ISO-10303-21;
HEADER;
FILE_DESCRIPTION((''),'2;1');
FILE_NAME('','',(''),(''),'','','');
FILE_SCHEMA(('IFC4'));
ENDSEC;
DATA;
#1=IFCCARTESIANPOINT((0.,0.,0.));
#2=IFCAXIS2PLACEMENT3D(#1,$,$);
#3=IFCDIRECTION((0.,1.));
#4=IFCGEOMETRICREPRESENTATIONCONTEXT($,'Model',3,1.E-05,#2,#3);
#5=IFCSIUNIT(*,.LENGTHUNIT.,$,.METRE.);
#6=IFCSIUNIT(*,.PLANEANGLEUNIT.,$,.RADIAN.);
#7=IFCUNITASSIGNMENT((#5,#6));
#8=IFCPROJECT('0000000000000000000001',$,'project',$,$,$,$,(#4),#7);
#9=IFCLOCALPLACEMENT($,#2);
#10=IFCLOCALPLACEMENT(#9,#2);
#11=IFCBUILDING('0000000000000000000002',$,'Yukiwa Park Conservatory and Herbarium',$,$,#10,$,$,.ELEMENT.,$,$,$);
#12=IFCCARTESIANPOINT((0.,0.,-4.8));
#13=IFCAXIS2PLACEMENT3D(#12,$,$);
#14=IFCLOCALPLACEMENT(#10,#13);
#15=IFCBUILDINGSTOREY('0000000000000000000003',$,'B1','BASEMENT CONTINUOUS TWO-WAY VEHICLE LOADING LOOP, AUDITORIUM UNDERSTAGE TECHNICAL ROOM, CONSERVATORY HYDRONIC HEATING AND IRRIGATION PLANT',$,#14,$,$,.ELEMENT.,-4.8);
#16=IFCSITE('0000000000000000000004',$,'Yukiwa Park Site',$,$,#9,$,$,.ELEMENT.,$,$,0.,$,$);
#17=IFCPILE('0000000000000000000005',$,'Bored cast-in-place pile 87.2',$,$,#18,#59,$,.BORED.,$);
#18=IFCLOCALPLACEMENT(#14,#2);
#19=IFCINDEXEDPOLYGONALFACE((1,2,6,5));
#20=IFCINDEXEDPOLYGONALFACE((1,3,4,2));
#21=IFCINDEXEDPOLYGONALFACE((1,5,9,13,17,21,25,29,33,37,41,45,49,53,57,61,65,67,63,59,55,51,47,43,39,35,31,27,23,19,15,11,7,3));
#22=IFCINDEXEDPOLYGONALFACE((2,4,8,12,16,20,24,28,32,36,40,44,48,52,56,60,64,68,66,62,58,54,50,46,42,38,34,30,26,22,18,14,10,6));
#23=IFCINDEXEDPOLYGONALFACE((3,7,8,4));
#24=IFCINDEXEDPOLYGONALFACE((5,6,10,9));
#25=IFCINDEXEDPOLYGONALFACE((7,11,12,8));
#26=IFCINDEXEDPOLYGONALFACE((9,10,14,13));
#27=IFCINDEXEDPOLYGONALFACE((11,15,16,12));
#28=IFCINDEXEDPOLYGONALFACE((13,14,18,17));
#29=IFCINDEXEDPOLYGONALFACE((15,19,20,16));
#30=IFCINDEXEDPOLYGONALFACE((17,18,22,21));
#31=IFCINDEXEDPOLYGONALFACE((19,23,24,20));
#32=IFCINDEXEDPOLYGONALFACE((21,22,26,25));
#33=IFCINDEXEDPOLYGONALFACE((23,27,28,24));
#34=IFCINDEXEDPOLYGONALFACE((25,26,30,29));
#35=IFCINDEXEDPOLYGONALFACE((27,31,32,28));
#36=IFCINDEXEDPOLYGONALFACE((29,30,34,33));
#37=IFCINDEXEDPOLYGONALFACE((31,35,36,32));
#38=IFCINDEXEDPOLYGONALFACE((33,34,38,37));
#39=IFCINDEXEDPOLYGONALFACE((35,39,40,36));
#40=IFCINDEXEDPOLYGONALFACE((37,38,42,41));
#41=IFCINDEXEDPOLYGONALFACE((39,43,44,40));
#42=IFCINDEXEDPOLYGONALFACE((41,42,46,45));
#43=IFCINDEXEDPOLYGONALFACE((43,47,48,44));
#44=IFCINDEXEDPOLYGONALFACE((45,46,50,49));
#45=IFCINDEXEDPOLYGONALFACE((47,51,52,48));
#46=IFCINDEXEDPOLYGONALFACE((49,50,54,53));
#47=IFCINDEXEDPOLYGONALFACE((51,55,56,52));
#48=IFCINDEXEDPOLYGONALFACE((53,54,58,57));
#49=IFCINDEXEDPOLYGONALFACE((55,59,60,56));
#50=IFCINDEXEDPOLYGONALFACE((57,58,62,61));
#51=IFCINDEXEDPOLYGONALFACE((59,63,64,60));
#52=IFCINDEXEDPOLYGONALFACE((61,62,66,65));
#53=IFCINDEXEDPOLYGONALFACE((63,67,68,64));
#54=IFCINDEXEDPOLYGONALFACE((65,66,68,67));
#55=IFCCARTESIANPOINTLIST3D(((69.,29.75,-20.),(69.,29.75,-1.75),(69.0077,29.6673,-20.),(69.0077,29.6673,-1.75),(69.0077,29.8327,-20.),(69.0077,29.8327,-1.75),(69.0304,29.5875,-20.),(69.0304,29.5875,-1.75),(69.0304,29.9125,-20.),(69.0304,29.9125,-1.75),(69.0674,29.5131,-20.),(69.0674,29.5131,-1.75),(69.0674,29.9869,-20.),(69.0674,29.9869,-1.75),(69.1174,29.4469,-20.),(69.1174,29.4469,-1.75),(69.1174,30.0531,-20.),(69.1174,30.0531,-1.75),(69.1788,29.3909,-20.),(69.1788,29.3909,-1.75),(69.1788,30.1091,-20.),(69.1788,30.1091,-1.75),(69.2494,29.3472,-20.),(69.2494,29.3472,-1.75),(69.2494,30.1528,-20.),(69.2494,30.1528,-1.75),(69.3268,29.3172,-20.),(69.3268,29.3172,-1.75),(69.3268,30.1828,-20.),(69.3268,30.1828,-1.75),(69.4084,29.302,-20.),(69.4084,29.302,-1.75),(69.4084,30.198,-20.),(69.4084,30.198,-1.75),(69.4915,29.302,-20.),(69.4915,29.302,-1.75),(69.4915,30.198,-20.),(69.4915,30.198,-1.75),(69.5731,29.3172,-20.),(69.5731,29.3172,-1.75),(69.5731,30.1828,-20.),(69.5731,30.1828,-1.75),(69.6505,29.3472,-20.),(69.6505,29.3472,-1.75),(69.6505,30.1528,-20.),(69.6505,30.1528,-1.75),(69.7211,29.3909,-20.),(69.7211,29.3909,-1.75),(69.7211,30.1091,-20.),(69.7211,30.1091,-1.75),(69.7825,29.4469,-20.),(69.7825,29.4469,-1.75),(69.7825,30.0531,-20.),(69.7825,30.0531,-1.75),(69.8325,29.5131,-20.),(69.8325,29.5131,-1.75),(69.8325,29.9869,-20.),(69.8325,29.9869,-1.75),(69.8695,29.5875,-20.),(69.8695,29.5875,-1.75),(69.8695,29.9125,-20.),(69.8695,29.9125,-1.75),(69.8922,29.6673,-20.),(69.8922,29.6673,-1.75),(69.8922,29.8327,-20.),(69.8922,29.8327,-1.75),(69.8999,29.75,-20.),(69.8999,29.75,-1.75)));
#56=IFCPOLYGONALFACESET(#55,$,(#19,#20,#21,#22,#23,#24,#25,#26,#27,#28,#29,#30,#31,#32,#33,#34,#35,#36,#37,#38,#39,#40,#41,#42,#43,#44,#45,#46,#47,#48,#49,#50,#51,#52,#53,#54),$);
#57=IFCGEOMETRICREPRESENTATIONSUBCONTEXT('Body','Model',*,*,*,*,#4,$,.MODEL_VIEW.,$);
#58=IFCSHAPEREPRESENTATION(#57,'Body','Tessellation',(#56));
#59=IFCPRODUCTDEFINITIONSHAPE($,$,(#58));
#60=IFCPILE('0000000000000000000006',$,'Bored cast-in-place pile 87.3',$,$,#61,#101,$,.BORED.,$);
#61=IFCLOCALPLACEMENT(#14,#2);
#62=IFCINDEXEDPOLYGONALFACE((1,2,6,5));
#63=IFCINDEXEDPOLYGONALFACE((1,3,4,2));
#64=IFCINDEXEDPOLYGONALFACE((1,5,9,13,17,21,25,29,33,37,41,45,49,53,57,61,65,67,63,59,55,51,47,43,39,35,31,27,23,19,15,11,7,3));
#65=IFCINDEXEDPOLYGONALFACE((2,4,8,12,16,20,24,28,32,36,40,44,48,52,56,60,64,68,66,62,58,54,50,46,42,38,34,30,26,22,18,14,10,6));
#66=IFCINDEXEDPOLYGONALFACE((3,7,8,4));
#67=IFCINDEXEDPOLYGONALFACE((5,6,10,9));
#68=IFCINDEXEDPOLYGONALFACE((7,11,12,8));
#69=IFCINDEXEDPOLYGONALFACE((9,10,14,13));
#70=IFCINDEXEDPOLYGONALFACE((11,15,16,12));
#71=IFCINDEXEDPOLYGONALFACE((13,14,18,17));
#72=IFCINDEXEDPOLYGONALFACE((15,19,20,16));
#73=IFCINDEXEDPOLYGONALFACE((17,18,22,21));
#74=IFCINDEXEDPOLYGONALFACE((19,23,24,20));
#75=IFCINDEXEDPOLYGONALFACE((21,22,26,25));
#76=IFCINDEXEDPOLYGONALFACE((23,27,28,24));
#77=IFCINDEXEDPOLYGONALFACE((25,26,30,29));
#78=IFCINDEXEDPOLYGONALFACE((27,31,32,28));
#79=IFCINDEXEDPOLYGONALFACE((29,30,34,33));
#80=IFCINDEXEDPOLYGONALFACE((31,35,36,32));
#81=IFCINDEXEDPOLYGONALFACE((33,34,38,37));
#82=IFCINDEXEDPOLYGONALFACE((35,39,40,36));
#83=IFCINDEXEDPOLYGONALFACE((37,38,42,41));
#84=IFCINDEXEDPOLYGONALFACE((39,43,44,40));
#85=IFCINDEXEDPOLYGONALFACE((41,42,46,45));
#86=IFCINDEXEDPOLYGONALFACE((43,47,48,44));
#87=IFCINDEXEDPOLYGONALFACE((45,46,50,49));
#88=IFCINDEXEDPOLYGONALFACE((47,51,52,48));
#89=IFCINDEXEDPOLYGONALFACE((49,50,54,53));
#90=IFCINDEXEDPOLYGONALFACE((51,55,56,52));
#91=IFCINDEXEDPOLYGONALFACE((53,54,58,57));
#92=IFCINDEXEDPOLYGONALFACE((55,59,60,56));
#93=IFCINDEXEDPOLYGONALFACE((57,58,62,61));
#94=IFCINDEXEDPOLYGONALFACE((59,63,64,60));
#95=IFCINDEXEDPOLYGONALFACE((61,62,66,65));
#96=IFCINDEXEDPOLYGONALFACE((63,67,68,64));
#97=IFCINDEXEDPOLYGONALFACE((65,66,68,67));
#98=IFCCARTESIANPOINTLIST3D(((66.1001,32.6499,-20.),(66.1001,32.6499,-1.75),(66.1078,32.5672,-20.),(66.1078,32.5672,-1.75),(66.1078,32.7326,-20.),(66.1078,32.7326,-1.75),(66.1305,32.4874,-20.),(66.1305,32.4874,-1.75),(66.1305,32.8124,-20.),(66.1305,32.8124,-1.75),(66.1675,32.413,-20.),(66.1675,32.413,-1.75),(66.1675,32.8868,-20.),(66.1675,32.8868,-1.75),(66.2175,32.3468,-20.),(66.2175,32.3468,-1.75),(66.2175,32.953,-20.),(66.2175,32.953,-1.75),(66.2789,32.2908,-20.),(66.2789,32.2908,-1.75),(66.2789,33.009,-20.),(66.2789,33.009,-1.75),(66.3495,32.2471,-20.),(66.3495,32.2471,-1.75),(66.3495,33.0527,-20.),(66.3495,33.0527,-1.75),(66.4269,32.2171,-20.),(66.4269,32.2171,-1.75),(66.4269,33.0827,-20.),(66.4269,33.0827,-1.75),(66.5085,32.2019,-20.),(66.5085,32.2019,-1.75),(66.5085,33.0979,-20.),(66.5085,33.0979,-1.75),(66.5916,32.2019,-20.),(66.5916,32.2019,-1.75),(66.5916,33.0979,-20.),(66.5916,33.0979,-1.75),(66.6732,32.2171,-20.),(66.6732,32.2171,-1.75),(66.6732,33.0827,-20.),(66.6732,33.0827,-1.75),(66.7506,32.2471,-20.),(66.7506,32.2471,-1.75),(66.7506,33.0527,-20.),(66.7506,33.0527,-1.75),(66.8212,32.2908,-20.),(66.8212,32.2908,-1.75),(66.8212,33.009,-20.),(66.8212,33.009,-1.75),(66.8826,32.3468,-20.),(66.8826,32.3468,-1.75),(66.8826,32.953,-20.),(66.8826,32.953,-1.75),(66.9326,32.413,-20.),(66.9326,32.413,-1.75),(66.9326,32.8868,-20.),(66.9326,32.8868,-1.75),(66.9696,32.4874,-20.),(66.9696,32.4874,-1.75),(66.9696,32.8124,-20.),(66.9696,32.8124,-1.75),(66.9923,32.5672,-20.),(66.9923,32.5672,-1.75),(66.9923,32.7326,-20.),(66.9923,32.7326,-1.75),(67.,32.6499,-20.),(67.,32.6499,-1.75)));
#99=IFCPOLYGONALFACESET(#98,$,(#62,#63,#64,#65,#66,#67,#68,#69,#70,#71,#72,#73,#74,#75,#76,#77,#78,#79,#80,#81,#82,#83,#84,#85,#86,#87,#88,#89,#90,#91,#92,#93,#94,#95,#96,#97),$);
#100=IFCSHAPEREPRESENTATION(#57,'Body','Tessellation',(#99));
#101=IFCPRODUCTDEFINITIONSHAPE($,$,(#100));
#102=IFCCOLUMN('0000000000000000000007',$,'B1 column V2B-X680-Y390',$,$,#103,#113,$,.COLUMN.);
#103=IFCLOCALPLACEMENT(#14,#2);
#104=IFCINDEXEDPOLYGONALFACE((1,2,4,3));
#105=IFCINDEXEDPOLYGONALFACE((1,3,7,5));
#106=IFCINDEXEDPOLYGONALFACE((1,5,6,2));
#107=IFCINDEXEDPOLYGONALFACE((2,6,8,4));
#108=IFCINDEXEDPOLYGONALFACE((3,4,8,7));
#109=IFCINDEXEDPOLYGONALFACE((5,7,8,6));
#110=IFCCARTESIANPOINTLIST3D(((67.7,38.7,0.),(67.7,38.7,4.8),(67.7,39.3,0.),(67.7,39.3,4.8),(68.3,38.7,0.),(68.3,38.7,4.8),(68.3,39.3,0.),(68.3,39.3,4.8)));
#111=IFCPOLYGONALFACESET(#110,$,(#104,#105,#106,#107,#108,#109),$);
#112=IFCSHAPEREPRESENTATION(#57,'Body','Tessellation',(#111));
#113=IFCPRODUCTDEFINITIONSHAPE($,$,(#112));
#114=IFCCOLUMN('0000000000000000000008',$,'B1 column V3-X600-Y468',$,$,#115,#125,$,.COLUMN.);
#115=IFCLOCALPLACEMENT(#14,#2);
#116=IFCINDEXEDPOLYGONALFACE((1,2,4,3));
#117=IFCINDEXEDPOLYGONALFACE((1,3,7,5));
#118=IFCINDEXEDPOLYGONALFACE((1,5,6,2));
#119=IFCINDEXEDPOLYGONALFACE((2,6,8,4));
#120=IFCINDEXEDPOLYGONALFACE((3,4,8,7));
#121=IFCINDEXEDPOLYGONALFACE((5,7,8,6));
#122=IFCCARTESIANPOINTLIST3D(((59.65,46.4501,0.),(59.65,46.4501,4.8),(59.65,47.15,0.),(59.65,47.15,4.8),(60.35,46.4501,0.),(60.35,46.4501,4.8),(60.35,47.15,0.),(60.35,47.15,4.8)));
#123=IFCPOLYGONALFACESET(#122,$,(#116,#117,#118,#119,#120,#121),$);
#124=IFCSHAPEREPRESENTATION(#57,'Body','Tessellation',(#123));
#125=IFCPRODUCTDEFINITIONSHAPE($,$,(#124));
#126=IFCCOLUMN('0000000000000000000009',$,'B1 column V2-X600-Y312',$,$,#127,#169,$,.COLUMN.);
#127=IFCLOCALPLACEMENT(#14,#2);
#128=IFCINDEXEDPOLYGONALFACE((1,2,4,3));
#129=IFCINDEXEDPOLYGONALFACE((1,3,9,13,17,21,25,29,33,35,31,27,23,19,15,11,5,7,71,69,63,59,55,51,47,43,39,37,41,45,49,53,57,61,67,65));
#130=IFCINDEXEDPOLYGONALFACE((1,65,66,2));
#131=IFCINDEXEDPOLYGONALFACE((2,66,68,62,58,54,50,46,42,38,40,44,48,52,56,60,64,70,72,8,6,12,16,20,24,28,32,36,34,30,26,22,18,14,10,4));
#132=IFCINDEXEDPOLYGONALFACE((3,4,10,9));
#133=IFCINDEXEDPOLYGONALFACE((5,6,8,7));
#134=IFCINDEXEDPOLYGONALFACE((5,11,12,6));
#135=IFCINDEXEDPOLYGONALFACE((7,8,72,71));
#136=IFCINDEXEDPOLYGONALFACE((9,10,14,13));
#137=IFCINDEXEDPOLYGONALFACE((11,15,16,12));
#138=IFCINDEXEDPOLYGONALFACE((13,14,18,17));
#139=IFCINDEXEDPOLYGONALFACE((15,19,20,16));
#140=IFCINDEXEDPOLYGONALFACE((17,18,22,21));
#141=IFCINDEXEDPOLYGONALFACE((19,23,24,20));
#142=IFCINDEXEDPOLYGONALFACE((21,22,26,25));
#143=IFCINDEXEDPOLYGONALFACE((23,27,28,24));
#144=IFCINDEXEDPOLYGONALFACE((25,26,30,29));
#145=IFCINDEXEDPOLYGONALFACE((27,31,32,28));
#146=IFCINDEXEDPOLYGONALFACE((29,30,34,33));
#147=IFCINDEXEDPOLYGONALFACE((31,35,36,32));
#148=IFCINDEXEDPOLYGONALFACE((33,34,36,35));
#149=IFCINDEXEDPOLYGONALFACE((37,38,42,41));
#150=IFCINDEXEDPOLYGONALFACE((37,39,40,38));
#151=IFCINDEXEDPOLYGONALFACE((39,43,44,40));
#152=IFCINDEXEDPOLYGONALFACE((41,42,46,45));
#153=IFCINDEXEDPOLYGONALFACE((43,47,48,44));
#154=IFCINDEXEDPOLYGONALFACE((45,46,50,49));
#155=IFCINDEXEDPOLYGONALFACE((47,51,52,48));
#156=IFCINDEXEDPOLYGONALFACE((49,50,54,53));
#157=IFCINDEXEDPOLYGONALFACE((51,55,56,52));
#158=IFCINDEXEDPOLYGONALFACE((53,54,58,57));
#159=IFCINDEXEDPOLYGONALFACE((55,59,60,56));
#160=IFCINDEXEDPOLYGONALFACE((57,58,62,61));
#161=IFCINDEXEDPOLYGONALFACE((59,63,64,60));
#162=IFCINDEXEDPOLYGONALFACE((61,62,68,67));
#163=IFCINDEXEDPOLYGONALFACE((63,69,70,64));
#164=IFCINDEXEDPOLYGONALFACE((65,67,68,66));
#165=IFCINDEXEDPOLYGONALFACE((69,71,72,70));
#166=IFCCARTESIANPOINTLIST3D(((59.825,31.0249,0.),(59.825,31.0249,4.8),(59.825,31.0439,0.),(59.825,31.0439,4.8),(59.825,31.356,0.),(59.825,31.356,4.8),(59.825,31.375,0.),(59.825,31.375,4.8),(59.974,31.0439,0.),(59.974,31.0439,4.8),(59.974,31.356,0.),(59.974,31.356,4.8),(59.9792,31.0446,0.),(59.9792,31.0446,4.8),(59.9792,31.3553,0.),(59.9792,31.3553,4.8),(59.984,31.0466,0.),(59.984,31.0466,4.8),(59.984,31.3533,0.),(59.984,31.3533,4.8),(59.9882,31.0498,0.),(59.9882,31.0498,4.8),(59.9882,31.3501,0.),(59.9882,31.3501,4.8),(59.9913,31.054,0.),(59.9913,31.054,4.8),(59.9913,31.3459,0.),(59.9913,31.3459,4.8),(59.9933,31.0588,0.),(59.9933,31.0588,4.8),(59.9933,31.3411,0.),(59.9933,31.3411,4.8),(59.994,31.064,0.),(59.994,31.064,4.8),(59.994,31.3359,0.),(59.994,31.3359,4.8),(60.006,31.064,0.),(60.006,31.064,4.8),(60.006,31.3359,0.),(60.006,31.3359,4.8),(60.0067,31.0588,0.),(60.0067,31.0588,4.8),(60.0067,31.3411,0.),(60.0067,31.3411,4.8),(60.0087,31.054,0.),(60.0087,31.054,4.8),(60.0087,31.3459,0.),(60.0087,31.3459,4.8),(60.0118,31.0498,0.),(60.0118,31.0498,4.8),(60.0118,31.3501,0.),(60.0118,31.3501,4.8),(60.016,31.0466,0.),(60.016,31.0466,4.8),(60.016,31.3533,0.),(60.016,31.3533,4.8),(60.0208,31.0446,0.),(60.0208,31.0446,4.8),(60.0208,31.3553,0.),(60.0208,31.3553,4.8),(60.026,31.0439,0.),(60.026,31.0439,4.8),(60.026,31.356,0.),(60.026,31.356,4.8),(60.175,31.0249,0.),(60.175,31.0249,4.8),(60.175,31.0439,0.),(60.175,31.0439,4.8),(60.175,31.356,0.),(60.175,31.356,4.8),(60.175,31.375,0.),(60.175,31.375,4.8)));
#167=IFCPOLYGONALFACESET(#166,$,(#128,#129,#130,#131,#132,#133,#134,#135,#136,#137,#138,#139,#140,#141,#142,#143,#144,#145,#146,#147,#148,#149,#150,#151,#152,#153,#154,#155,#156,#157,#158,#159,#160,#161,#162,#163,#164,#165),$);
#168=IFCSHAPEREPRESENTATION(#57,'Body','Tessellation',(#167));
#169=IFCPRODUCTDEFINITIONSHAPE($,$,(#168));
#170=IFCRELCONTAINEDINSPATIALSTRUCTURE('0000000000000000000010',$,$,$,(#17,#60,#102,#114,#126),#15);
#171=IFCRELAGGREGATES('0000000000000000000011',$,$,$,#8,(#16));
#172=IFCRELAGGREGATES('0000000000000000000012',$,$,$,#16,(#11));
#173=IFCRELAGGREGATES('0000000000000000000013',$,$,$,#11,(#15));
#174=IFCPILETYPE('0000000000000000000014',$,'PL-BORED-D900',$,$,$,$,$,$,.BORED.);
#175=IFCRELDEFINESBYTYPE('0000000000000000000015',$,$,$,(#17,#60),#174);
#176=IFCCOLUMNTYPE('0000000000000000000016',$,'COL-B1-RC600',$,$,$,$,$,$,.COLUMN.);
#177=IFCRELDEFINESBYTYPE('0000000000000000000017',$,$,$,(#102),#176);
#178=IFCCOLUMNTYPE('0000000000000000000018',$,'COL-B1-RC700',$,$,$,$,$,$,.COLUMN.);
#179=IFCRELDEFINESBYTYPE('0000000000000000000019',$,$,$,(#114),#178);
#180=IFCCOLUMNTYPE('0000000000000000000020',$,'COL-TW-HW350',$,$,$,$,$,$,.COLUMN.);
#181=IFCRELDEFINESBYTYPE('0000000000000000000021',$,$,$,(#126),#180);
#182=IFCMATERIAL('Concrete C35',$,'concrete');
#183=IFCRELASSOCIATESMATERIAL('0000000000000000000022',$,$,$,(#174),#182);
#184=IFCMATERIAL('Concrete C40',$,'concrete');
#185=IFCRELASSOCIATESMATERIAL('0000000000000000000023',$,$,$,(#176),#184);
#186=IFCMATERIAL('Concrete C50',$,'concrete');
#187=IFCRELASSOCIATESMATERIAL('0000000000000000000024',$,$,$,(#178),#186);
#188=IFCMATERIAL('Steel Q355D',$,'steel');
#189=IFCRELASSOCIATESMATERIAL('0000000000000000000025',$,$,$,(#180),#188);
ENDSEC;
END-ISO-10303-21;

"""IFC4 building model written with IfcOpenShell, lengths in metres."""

from ifc_helpers import new_model, si_unit, direction, frame, origin, origin_2d, place, context, subcontext, project, spatial, rectangle, circle, i_section, extrude, material, material_profile, profile_set, type_object, element, save


model = new_model("IFC4")

# Units and contexts
model_context = context("Model", 3, precision=1e-05, world=origin(), true_north=direction((0.0, 1.0)))
body_context = subcontext(model_context, "Body", "Model", "MODEL_VIEW")
ifc_project = project(units=[si_unit("LENGTHUNIT", "METRE"), si_unit("PLANEANGLEUNIT", "RADIAN")], contexts=[model_context])

# Site, building, storey
site_placement = place(None, origin())
site = spatial("IfcSite", under=ifc_project, at=site_placement, Name="Yukiwa Park Site", CompositionType="ELEMENT", RefElevation=0.0)
building_placement = place(site_placement, origin())
building = spatial("IfcBuilding", under=site, at=building_placement, Name="Yukiwa Park Conservatory and Herbarium", CompositionType="ELEMENT")
storey_placement = place(building_placement, frame((0.0, 0.0, -4.8)))
storey = spatial("IfcBuildingStorey", under=building, at=storey_placement, Name="B1", Description="BASEMENT CONTINUOUS TWO-WAY VEHICLE LOADING LOOP, AUDITORIUM UNDERSTAGE TECHNICAL ROOM, CONSERVATORY HYDRONIC HEATING AND IRRIGATION PLANT", CompositionType="ELEMENT", Elevation=-4.8)

# Piles
ifc_material_1 = material(Name="Concrete C35", Category="concrete")
ifc_material_profile_1 = material_profile(ifc_material_1, circle(Radius=0.45, at=origin_2d()), Name="PILE D900")
ifc_profile_set_1 = profile_set([ifc_material_profile_1], Name="Concrete C35")
pile_type_1 = type_object("IfcPileType", Name="PL-BORED-D900", PredefinedType="BORED", material=ifc_profile_set_1)
for number, where, z_axis, x_axis, name in (
    (1, (69.45, 29.75, -1.75), (0.0, 0.0, -1.0), (1.0, 0.0, 0.0), "Bored cast-in-place pile 87.2"),
    (2, (66.55, 32.6499, -1.75), (0.0, 0.0, -1.0), (1.0, 0.0, 0.0), "Bored cast-in-place pile 87.3"),
):
    element("IfcPile", number, at=place(storey_placement, frame(where, z_axis=z_axis, x_axis=x_axis)), inside=storey, type_object=pile_type_1, Name=name, PredefinedType="BORED", context=body_context, shape_type="SweptSolid", body=[
        extrude(circle(Radius=0.45, at=origin_2d()), origin(), (0.0, 0.0, 1.0), 18.25),
    ])

# Columns
ifc_material_2 = material(Name="Concrete C40", Category="concrete")
ifc_material_profile_2 = material_profile(ifc_material_2, rectangle(XDim=0.6001, YDim=0.6001, at=origin_2d()), Name="RC 600x600")
ifc_profile_set_2 = profile_set([ifc_material_profile_2], Name="Concrete C40")
column_type_1 = type_object("IfcColumnType", Name="COL-B1-RC600", PredefinedType="COLUMN", material=ifc_profile_set_2)
column_1_placement = place(storey_placement, frame((68.0, 39.0, 0.0), z_axis=(0.0, 0.0, 1.0), x_axis=(1.0, 0.0, 0.0)))
element("IfcColumn", 3, at=column_1_placement, inside=storey, type_object=column_type_1, Name="B1 column V2B-X680-Y390", PredefinedType="COLUMN", context=body_context, shape_type="SweptSolid", body=[
    extrude(rectangle(XDim=0.6001, YDim=0.6001, at=origin_2d()), origin(), (0.0, 0.0, 1.0), 4.8),
])
ifc_material_3 = material(Name="Concrete C50", Category="concrete")
ifc_material_profile_3 = material_profile(ifc_material_3, rectangle(XDim=0.7, YDim=0.7, at=origin_2d()), Name="RC 700x700")
ifc_profile_set_3 = profile_set([ifc_material_profile_3], Name="Concrete C50")
column_type_2 = type_object("IfcColumnType", Name="COL-B1-RC700", PredefinedType="COLUMN", material=ifc_profile_set_3)
column_2_placement = place(storey_placement, frame((60.0, 46.8, 0.0), z_axis=(0.0, 0.0, 1.0), x_axis=(1.0, 0.0, 0.0)))
element("IfcColumn", 4, at=column_2_placement, inside=storey, type_object=column_type_2, Name="B1 column V3-X600-Y468", PredefinedType="COLUMN", context=body_context, shape_type="SweptSolid", body=[
    extrude(rectangle(XDim=0.7, YDim=0.7, at=origin_2d()), origin(), (0.0, 0.0, 1.0), 4.8),
])
ifc_material_4 = material(Name="Steel Q355D", Category="steel")
ifc_material_profile_4 = material_profile(ifc_material_4, i_section(OverallWidth=0.3501, OverallDepth=0.3501, WebThickness=0.012, FlangeThickness=0.019, FilletRadius=0.02, at=origin_2d()), Name="HW 350x350x12x19")
ifc_profile_set_4 = profile_set([ifc_material_profile_4], Name="Steel Q355D")
column_type_3 = type_object("IfcColumnType", Name="COL-TW-HW350", PredefinedType="COLUMN", material=ifc_profile_set_4)
for number, where, z_axis, x_axis, name in (
    (5, (60.0, 31.2, 0.0), (0.0, 0.0, 1.0), (1.0, 0.0, 0.0), "B1 column V2-X600-Y312"),
):
    element("IfcColumn", number, at=place(storey_placement, frame(where, z_axis=z_axis, x_axis=x_axis)), inside=storey, type_object=column_type_3, Name=name, PredefinedType="COLUMN", context=body_context, shape_type="SweptSolid", body=[
        extrude(i_section(OverallWidth=0.3501, OverallDepth=0.3501, WebThickness=0.012, FlangeThickness=0.019, FilletRadius=0.02, at=origin_2d()), origin(), (0.0, 0.0, 1.0), 4.8),
    ])

save(model, "model.ifc")
